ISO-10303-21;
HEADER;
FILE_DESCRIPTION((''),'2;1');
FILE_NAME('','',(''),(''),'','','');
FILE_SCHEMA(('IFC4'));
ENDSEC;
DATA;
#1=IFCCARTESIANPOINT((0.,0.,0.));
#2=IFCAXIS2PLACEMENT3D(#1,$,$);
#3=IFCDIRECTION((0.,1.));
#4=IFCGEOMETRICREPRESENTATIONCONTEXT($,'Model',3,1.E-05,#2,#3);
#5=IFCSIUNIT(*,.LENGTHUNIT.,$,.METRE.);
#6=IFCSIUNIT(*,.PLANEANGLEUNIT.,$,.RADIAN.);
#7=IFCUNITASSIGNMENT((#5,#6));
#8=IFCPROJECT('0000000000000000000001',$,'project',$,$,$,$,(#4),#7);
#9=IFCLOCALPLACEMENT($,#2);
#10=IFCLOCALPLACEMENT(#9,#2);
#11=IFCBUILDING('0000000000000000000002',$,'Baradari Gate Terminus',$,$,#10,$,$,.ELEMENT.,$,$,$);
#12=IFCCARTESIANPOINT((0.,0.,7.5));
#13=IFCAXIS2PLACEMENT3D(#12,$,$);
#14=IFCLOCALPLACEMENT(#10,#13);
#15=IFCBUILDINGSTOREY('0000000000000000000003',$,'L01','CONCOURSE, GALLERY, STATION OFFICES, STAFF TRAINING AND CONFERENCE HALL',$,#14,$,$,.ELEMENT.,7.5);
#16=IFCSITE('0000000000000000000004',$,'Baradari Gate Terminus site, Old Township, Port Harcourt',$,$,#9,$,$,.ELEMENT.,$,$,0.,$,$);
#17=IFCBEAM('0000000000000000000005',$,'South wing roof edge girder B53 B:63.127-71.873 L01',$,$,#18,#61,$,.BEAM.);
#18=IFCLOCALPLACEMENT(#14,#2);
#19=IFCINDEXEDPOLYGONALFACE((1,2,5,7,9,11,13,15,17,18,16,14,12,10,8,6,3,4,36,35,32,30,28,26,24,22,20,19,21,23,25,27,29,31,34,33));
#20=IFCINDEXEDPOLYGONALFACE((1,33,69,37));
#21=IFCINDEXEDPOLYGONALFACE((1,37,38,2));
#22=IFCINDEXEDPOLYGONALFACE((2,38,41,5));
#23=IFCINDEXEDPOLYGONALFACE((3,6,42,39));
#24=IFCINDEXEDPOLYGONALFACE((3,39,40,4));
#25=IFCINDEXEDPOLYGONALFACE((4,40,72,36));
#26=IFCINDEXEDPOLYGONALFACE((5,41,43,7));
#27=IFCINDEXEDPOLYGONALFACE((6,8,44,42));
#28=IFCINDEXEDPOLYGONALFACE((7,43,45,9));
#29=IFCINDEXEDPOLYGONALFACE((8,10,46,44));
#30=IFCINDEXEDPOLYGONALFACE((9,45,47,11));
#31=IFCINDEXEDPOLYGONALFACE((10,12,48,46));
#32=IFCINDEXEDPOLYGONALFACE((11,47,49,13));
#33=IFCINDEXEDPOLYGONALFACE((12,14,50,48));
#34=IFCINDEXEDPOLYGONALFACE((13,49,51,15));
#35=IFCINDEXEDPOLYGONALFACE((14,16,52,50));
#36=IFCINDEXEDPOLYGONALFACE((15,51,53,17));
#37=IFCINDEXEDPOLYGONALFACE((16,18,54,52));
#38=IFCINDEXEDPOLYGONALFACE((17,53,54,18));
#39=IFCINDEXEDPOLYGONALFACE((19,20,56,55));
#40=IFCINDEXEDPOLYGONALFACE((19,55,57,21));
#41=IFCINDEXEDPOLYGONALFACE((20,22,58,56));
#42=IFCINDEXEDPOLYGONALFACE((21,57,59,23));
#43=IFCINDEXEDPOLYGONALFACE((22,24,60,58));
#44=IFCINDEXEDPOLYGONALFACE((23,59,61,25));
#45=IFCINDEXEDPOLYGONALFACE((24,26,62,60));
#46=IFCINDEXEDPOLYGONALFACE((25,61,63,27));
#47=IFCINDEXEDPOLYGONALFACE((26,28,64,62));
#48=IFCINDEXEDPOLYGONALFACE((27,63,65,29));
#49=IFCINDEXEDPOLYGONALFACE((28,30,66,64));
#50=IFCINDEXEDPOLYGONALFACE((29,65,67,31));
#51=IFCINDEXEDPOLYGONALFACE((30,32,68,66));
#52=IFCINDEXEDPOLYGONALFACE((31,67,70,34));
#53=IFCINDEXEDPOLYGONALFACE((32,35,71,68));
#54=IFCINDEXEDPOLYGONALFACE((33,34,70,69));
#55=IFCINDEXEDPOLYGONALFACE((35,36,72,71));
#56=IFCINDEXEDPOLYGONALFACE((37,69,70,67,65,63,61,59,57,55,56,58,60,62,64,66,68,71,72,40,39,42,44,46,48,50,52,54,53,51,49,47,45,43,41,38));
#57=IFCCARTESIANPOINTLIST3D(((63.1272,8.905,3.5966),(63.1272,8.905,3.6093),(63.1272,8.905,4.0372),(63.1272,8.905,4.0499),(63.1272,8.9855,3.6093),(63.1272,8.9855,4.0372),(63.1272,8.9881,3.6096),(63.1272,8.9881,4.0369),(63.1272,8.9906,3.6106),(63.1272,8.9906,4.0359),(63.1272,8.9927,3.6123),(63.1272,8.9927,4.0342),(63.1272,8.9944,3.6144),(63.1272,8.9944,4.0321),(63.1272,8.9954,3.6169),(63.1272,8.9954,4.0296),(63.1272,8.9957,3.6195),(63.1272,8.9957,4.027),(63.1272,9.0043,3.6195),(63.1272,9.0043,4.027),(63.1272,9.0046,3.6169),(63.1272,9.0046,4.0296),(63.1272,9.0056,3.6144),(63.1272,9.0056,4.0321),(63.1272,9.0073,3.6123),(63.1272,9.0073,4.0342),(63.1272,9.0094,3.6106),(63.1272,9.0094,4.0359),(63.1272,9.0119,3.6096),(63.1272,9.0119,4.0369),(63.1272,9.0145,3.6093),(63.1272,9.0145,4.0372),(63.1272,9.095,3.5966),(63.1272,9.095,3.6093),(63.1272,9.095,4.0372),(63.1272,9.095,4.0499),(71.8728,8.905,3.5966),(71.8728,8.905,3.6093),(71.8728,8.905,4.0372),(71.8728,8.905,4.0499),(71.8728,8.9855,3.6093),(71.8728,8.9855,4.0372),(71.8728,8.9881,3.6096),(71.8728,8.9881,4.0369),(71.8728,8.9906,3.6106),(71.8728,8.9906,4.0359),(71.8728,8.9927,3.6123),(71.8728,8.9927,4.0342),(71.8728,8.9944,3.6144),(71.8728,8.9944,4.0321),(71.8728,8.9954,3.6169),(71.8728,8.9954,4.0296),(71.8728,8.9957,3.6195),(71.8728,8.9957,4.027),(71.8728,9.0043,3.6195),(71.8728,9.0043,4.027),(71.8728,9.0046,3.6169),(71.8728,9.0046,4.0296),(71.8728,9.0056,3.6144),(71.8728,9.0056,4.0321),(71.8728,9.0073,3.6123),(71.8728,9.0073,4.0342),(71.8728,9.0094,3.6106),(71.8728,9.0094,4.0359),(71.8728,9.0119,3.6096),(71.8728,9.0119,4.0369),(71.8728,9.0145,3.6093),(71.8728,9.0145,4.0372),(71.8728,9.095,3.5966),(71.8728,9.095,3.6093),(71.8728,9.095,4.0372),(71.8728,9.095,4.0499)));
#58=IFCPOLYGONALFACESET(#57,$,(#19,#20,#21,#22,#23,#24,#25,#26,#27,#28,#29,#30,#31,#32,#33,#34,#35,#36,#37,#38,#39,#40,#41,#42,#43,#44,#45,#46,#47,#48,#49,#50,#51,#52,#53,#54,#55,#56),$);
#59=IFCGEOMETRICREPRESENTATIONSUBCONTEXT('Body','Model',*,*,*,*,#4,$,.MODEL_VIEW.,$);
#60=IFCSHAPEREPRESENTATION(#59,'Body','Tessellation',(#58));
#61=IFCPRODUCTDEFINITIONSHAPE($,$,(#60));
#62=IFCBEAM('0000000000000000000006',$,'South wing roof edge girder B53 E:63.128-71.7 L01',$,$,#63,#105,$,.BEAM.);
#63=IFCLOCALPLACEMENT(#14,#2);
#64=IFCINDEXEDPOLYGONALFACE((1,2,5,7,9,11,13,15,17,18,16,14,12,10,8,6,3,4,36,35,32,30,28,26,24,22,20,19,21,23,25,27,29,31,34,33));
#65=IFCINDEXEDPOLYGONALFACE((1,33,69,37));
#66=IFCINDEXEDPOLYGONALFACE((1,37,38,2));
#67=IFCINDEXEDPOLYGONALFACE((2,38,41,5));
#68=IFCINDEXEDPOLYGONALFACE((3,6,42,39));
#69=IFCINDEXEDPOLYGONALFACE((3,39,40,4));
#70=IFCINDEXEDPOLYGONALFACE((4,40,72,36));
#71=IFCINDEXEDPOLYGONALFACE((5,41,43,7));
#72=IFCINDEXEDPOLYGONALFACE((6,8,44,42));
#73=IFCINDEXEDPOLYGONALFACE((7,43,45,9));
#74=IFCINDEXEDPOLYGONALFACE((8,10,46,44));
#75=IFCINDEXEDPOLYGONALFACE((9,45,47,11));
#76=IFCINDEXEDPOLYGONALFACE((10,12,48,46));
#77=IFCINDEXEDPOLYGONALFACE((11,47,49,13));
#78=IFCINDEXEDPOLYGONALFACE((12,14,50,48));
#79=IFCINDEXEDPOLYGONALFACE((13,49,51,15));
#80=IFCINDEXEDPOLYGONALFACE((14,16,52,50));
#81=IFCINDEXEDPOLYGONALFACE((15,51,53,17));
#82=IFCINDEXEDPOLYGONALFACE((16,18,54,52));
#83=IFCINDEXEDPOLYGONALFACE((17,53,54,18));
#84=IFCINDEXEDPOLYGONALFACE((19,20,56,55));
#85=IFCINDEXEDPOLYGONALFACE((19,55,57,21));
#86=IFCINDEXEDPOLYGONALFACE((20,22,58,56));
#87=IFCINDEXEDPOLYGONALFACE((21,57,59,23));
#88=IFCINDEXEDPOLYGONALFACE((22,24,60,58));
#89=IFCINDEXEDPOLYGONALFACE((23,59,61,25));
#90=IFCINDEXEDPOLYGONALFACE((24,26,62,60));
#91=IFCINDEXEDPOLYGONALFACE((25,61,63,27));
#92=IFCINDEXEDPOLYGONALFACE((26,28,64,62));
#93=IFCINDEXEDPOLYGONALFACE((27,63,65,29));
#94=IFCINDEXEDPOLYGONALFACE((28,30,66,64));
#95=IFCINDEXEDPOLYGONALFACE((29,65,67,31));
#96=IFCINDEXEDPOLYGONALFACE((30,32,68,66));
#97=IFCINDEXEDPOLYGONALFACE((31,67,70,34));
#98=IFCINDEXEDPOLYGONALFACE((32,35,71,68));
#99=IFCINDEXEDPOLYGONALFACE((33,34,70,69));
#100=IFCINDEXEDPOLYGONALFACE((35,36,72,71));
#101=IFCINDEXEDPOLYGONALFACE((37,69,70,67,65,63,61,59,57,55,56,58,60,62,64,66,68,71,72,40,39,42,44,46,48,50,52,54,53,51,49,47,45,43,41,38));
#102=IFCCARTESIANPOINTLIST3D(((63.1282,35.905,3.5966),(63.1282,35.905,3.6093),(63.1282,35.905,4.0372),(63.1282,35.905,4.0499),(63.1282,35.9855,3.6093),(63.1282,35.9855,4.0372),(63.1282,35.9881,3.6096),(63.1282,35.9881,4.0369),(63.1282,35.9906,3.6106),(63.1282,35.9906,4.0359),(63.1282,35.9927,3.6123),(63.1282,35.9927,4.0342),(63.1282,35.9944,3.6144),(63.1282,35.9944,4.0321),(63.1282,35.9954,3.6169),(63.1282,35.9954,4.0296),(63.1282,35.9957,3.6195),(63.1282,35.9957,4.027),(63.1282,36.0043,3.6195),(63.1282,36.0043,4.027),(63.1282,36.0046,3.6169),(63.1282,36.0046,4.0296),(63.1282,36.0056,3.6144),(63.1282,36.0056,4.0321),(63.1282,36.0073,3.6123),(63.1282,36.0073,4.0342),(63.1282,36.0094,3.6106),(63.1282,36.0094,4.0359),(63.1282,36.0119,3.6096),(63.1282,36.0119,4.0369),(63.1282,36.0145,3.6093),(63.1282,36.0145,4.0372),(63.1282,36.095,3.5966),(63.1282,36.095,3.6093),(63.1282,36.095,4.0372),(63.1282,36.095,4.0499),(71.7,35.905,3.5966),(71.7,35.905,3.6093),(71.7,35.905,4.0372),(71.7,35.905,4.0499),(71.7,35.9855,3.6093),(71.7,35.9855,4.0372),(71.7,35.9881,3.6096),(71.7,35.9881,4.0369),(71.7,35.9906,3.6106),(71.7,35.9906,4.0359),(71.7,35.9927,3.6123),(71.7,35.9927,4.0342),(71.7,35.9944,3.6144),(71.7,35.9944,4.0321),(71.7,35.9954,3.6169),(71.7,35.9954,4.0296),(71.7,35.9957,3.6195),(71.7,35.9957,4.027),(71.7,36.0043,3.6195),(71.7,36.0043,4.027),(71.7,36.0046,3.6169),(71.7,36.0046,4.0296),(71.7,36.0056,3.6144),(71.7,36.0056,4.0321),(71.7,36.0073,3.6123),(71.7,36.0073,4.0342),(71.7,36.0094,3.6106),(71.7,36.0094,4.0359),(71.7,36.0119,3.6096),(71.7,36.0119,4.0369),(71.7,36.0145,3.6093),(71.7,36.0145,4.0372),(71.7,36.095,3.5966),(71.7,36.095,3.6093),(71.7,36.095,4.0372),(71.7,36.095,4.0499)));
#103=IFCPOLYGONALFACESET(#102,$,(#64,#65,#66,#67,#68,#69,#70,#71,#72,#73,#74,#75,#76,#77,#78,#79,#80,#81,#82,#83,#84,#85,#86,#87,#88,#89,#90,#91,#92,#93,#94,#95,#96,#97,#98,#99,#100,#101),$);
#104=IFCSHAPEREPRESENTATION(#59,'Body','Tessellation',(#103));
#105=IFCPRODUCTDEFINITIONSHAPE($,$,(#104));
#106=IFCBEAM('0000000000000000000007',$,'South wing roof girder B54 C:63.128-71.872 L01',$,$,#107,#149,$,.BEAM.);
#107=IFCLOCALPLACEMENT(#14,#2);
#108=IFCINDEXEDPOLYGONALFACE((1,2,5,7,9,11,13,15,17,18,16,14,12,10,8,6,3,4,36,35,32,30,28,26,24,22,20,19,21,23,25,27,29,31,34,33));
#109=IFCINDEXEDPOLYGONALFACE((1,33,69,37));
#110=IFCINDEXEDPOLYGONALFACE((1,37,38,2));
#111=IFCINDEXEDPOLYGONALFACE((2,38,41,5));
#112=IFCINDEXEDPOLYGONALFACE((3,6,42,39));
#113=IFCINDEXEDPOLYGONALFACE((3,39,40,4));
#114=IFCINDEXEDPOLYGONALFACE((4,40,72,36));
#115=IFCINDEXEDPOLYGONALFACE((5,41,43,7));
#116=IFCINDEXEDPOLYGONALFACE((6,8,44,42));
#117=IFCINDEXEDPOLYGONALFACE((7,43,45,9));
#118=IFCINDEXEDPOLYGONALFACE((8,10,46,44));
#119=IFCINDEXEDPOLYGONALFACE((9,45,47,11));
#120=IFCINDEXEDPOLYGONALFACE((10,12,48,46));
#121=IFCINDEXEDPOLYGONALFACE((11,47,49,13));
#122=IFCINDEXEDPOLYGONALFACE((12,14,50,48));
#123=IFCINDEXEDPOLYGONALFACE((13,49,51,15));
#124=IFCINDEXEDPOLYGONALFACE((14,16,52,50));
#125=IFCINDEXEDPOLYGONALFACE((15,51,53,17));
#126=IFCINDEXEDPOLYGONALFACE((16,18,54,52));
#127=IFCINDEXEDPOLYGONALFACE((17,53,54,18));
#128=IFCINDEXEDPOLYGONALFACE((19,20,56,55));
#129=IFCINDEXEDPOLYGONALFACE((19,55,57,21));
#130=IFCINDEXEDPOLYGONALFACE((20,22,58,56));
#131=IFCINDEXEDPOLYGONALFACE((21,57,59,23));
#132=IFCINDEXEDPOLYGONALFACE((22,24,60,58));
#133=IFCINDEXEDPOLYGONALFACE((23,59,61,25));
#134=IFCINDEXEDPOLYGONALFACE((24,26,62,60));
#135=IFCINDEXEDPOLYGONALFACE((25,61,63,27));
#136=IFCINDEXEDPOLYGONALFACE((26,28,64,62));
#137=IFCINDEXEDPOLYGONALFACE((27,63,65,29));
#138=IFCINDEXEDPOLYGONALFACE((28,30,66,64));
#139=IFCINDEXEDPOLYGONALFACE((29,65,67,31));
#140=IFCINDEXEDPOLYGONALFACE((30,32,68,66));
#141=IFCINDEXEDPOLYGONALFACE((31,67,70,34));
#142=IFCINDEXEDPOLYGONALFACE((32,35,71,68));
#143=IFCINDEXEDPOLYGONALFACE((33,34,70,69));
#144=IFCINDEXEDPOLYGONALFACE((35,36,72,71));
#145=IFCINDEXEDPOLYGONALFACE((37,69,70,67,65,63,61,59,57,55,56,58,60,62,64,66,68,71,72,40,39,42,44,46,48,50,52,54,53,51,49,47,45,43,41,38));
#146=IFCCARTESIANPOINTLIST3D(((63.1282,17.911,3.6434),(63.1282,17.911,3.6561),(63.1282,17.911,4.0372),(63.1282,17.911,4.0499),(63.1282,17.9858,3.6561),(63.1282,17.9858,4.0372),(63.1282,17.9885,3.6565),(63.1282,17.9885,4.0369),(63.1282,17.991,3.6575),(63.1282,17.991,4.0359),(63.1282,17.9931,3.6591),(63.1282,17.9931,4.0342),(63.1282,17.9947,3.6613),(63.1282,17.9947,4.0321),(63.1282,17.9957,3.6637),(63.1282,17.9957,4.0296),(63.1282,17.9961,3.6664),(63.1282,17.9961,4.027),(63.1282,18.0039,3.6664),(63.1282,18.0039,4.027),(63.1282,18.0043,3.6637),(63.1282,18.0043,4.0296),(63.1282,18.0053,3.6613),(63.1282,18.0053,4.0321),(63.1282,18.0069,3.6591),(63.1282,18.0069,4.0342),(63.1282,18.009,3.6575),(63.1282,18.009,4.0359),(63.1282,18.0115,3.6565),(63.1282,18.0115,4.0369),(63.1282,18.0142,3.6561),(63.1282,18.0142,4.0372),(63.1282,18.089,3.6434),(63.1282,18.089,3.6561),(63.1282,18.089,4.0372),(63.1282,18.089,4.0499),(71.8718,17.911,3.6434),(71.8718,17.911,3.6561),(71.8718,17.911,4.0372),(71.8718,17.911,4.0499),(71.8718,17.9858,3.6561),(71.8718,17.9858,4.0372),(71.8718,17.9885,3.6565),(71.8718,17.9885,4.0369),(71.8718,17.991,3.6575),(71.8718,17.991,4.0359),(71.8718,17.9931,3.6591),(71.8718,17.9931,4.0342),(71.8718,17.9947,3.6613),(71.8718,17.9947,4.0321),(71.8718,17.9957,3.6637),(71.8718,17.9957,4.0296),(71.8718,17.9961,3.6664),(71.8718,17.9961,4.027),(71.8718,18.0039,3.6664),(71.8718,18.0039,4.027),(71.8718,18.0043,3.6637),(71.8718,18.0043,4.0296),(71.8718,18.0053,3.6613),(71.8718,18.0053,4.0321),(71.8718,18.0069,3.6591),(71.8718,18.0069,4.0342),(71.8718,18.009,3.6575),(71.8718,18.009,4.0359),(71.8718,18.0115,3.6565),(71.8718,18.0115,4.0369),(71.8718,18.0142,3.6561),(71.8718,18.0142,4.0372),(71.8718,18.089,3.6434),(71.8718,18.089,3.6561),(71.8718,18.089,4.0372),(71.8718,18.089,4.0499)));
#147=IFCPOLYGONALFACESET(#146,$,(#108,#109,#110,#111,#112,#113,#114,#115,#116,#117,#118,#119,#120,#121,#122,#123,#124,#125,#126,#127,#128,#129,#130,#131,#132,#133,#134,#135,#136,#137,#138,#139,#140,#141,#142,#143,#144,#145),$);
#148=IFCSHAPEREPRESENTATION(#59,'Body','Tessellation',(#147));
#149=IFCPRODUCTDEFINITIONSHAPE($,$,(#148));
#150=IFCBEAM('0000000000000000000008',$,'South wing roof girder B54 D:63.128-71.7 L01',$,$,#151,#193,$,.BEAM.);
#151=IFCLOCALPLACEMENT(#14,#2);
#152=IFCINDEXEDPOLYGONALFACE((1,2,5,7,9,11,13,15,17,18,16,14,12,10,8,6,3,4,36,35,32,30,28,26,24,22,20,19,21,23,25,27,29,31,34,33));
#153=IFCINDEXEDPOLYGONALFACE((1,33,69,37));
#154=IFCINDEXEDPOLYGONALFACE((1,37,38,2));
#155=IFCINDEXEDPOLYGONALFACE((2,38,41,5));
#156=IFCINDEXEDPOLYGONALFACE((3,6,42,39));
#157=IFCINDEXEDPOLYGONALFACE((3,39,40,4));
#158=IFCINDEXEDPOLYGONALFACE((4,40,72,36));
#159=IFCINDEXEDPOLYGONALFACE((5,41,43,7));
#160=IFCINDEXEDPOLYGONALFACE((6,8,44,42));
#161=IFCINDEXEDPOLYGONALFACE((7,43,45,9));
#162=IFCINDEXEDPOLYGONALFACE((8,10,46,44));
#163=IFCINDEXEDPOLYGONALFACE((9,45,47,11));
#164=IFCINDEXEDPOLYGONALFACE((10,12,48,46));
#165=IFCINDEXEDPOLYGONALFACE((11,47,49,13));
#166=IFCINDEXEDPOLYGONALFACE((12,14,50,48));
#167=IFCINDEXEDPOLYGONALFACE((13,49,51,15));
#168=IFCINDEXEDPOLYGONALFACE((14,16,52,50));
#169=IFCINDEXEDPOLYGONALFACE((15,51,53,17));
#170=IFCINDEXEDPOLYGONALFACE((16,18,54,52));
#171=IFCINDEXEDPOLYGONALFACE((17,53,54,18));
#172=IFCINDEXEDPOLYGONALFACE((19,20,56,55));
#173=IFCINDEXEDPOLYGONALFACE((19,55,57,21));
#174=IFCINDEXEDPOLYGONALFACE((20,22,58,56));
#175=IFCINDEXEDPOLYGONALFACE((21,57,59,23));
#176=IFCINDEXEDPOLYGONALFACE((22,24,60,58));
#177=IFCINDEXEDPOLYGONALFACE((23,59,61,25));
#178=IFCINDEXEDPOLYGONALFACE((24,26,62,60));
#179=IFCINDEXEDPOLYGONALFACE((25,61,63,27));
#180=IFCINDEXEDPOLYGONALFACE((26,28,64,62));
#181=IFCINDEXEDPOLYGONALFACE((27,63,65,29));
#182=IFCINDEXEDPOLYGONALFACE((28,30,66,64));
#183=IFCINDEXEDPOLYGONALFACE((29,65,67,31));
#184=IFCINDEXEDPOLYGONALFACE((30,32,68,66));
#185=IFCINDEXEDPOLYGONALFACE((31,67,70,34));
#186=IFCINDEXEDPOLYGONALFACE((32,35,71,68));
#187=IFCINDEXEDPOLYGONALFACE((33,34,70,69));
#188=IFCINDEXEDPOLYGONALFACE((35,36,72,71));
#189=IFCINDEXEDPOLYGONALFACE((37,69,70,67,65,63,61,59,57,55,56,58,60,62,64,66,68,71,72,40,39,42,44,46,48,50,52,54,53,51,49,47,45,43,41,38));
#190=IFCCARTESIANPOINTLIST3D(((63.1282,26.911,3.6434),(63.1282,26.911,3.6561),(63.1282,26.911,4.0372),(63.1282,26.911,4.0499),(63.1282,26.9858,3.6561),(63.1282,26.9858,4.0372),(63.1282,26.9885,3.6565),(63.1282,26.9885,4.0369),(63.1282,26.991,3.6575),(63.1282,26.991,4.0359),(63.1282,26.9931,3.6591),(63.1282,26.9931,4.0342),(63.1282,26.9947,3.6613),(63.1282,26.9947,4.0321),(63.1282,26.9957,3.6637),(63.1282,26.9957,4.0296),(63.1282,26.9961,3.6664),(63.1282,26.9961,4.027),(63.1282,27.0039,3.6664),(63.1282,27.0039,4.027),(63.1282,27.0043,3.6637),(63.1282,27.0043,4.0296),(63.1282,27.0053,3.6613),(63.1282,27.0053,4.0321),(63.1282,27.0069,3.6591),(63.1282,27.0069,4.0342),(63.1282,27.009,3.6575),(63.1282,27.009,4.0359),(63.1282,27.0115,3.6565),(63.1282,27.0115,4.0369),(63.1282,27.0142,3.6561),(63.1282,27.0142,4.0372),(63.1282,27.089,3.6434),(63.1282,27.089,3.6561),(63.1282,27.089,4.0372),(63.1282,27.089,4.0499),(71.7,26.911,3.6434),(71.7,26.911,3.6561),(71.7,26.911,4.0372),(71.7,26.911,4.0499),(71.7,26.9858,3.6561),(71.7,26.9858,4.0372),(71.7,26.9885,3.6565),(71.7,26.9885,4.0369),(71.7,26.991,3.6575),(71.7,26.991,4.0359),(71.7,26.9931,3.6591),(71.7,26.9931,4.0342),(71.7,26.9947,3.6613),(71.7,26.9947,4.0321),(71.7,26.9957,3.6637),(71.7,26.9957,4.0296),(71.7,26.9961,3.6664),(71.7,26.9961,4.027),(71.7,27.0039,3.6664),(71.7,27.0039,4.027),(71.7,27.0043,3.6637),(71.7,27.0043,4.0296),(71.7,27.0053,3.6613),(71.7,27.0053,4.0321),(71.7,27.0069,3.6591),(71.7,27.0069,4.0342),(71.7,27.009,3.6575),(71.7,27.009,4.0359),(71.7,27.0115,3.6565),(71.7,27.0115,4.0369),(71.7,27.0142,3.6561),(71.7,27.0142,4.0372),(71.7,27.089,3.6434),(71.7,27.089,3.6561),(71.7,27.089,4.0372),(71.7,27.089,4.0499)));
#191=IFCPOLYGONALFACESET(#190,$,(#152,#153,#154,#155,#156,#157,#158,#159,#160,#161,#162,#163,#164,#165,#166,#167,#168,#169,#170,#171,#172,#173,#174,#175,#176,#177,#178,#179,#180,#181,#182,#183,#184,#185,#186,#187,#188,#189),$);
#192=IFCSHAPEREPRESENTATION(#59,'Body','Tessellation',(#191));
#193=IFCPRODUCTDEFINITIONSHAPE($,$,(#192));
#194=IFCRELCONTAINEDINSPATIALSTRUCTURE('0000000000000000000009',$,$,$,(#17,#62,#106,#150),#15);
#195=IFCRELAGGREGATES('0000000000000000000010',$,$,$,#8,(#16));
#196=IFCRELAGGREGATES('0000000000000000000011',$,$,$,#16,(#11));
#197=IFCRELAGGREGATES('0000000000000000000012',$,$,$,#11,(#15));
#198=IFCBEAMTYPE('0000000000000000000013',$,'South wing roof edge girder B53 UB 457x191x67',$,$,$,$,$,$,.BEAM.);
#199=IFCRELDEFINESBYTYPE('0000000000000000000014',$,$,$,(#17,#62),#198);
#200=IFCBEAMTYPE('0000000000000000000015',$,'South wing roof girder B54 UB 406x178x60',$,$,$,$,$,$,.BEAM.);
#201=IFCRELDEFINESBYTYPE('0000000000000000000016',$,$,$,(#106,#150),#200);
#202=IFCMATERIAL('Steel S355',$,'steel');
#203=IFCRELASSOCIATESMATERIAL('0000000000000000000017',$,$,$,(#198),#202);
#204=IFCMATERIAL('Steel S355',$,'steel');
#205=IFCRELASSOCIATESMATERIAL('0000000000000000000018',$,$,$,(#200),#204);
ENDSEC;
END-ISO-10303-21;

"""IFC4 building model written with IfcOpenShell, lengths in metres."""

from ifc_helpers import new_model, si_unit, direction, frame, origin, origin_2d, place, context, subcontext, project, spatial, i_section, extrude, material, material_profile, profile_set, type_object, element, save


model = new_model("IFC4")

# Units and contexts
model_context = context("Model", 3, precision=1e-05, world=origin(), true_north=direction((0.0, 1.0)))
body_context = subcontext(model_context, "Body", "Model", "MODEL_VIEW")
ifc_project = project(units=[si_unit("LENGTHUNIT", "METRE"), si_unit("PLANEANGLEUNIT", "RADIAN")], contexts=[model_context])

# Site, building, storey
site_placement = place(None, origin())
site = spatial("IfcSite", under=ifc_project, at=site_placement, Name="Baradari Gate Terminus site, Old Township, Port Harcourt", CompositionType="ELEMENT", RefElevation=0.0)
building_placement = place(site_placement, origin())
building = spatial("IfcBuilding", under=site, at=building_placement, Name="Baradari Gate Terminus", CompositionType="ELEMENT")
storey_placement = place(building_placement, frame((0.0, 0.0, 7.5)))
storey = spatial("IfcBuildingStorey", under=building, at=storey_placement, Name="L01", Description="CONCOURSE, GALLERY, STATION OFFICES, STAFF TRAINING AND CONFERENCE HALL", CompositionType="ELEMENT", Elevation=7.5)

# Beams
ifc_material_1 = material(Name="Steel S355", Category="steel")
ifc_material_profile_1 = material_profile(ifc_material_1, i_section(OverallWidth=0.1899, OverallDepth=0.4534, WebThickness=0.0085, FlangeThickness=0.0127, FilletRadius=0.0103, at=origin_2d()), Name="UB 457x191x67")
ifc_profile_set_1 = profile_set([ifc_material_profile_1], Name="Steel S355")
beam_type_1 = type_object("IfcBeamType", Name="South wing roof edge girder B53 UB 457x191x67", PredefinedType="BEAM", material=ifc_profile_set_1)
beam_1_placement = place(storey_placement, frame((63.1272, 9.0, 3.8232), z_axis=(1.0, 0.0, 0.0), x_axis=(0.0, 1.0, 0.0)))
element("IfcBeam", 1, at=beam_1_placement, inside=storey, type_object=beam_type_1, Name="South wing roof edge girder B53 B:63.127-71.873 L01", PredefinedType="BEAM", context=body_context, shape_type="SweptSolid", body=[
    extrude(i_section(OverallWidth=0.1899, OverallDepth=0.4534, WebThickness=0.0085, FlangeThickness=0.0127, FilletRadius=0.0103, at=origin_2d()), origin(), (0.0, 0.0, 1.0), 8.7456),
])
beam_2_placement = place(storey_placement, frame((63.1282, 36.0, 3.8232), z_axis=(1.0, 0.0, 0.0), x_axis=(0.0, 1.0, 0.0)))
element("IfcBeam", 2, at=beam_2_placement, inside=storey, type_object=beam_type_1, Name="South wing roof edge girder B53 E:63.128-71.7 L01", PredefinedType="BEAM", context=body_context, shape_type="SweptSolid", body=[
    extrude(i_section(OverallWidth=0.1899, OverallDepth=0.4534, WebThickness=0.0085, FlangeThickness=0.0127, FilletRadius=0.0103, at=origin_2d()), origin(), (0.0, 0.0, 1.0), 8.5718),
])
ifc_material_2 = material(Name="Steel S355", Category="steel")
ifc_material_profile_2 = material_profile(ifc_material_2, i_section(OverallWidth=0.178, OverallDepth=0.4065, WebThickness=0.0078, FlangeThickness=0.0127, FilletRadius=0.0103, at=origin_2d()), Name="UB 406x178x60")
ifc_profile_set_2 = profile_set([ifc_material_profile_2], Name="Steel S355")
beam_type_2 = type_object("IfcBeamType", Name="South wing roof girder B54 UB 406x178x60", PredefinedType="BEAM", material=ifc_profile_set_2)
beam_3_placement = place(storey_placement, frame((63.1282, 18.0, 3.8467), z_axis=(1.0, 0.0, 0.0), x_axis=(0.0, 1.0, 0.0)))
element("IfcBeam", 3, at=beam_3_placement, inside=storey, type_object=beam_type_2, Name="South wing roof girder B54 C:63.128-71.872 L01", PredefinedType="BEAM", context=body_context, shape_type="SweptSolid", body=[
    extrude(i_section(OverallWidth=0.178, OverallDepth=0.4065, WebThickness=0.0078, FlangeThickness=0.0127, FilletRadius=0.0103, at=origin_2d()), origin(), (0.0, 0.0, 1.0), 8.7437),
])
beam_4_placement = place(storey_placement, frame((63.1282, 27.0, 3.8467), z_axis=(1.0, 0.0, 0.0), x_axis=(0.0, 1.0, 0.0)))
element("IfcBeam", 4, at=beam_4_placement, inside=storey, type_object=beam_type_2, Name="South wing roof girder B54 D:63.128-71.7 L01", PredefinedType="BEAM", context=body_context, shape_type="SweptSolid", body=[
    extrude(i_section(OverallWidth=0.178, OverallDepth=0.4065, WebThickness=0.0078, FlangeThickness=0.0127, FilletRadius=0.0103, at=origin_2d()), origin(), (0.0, 0.0, 1.0), 8.5718),
])

save(model, "model.ifc")
